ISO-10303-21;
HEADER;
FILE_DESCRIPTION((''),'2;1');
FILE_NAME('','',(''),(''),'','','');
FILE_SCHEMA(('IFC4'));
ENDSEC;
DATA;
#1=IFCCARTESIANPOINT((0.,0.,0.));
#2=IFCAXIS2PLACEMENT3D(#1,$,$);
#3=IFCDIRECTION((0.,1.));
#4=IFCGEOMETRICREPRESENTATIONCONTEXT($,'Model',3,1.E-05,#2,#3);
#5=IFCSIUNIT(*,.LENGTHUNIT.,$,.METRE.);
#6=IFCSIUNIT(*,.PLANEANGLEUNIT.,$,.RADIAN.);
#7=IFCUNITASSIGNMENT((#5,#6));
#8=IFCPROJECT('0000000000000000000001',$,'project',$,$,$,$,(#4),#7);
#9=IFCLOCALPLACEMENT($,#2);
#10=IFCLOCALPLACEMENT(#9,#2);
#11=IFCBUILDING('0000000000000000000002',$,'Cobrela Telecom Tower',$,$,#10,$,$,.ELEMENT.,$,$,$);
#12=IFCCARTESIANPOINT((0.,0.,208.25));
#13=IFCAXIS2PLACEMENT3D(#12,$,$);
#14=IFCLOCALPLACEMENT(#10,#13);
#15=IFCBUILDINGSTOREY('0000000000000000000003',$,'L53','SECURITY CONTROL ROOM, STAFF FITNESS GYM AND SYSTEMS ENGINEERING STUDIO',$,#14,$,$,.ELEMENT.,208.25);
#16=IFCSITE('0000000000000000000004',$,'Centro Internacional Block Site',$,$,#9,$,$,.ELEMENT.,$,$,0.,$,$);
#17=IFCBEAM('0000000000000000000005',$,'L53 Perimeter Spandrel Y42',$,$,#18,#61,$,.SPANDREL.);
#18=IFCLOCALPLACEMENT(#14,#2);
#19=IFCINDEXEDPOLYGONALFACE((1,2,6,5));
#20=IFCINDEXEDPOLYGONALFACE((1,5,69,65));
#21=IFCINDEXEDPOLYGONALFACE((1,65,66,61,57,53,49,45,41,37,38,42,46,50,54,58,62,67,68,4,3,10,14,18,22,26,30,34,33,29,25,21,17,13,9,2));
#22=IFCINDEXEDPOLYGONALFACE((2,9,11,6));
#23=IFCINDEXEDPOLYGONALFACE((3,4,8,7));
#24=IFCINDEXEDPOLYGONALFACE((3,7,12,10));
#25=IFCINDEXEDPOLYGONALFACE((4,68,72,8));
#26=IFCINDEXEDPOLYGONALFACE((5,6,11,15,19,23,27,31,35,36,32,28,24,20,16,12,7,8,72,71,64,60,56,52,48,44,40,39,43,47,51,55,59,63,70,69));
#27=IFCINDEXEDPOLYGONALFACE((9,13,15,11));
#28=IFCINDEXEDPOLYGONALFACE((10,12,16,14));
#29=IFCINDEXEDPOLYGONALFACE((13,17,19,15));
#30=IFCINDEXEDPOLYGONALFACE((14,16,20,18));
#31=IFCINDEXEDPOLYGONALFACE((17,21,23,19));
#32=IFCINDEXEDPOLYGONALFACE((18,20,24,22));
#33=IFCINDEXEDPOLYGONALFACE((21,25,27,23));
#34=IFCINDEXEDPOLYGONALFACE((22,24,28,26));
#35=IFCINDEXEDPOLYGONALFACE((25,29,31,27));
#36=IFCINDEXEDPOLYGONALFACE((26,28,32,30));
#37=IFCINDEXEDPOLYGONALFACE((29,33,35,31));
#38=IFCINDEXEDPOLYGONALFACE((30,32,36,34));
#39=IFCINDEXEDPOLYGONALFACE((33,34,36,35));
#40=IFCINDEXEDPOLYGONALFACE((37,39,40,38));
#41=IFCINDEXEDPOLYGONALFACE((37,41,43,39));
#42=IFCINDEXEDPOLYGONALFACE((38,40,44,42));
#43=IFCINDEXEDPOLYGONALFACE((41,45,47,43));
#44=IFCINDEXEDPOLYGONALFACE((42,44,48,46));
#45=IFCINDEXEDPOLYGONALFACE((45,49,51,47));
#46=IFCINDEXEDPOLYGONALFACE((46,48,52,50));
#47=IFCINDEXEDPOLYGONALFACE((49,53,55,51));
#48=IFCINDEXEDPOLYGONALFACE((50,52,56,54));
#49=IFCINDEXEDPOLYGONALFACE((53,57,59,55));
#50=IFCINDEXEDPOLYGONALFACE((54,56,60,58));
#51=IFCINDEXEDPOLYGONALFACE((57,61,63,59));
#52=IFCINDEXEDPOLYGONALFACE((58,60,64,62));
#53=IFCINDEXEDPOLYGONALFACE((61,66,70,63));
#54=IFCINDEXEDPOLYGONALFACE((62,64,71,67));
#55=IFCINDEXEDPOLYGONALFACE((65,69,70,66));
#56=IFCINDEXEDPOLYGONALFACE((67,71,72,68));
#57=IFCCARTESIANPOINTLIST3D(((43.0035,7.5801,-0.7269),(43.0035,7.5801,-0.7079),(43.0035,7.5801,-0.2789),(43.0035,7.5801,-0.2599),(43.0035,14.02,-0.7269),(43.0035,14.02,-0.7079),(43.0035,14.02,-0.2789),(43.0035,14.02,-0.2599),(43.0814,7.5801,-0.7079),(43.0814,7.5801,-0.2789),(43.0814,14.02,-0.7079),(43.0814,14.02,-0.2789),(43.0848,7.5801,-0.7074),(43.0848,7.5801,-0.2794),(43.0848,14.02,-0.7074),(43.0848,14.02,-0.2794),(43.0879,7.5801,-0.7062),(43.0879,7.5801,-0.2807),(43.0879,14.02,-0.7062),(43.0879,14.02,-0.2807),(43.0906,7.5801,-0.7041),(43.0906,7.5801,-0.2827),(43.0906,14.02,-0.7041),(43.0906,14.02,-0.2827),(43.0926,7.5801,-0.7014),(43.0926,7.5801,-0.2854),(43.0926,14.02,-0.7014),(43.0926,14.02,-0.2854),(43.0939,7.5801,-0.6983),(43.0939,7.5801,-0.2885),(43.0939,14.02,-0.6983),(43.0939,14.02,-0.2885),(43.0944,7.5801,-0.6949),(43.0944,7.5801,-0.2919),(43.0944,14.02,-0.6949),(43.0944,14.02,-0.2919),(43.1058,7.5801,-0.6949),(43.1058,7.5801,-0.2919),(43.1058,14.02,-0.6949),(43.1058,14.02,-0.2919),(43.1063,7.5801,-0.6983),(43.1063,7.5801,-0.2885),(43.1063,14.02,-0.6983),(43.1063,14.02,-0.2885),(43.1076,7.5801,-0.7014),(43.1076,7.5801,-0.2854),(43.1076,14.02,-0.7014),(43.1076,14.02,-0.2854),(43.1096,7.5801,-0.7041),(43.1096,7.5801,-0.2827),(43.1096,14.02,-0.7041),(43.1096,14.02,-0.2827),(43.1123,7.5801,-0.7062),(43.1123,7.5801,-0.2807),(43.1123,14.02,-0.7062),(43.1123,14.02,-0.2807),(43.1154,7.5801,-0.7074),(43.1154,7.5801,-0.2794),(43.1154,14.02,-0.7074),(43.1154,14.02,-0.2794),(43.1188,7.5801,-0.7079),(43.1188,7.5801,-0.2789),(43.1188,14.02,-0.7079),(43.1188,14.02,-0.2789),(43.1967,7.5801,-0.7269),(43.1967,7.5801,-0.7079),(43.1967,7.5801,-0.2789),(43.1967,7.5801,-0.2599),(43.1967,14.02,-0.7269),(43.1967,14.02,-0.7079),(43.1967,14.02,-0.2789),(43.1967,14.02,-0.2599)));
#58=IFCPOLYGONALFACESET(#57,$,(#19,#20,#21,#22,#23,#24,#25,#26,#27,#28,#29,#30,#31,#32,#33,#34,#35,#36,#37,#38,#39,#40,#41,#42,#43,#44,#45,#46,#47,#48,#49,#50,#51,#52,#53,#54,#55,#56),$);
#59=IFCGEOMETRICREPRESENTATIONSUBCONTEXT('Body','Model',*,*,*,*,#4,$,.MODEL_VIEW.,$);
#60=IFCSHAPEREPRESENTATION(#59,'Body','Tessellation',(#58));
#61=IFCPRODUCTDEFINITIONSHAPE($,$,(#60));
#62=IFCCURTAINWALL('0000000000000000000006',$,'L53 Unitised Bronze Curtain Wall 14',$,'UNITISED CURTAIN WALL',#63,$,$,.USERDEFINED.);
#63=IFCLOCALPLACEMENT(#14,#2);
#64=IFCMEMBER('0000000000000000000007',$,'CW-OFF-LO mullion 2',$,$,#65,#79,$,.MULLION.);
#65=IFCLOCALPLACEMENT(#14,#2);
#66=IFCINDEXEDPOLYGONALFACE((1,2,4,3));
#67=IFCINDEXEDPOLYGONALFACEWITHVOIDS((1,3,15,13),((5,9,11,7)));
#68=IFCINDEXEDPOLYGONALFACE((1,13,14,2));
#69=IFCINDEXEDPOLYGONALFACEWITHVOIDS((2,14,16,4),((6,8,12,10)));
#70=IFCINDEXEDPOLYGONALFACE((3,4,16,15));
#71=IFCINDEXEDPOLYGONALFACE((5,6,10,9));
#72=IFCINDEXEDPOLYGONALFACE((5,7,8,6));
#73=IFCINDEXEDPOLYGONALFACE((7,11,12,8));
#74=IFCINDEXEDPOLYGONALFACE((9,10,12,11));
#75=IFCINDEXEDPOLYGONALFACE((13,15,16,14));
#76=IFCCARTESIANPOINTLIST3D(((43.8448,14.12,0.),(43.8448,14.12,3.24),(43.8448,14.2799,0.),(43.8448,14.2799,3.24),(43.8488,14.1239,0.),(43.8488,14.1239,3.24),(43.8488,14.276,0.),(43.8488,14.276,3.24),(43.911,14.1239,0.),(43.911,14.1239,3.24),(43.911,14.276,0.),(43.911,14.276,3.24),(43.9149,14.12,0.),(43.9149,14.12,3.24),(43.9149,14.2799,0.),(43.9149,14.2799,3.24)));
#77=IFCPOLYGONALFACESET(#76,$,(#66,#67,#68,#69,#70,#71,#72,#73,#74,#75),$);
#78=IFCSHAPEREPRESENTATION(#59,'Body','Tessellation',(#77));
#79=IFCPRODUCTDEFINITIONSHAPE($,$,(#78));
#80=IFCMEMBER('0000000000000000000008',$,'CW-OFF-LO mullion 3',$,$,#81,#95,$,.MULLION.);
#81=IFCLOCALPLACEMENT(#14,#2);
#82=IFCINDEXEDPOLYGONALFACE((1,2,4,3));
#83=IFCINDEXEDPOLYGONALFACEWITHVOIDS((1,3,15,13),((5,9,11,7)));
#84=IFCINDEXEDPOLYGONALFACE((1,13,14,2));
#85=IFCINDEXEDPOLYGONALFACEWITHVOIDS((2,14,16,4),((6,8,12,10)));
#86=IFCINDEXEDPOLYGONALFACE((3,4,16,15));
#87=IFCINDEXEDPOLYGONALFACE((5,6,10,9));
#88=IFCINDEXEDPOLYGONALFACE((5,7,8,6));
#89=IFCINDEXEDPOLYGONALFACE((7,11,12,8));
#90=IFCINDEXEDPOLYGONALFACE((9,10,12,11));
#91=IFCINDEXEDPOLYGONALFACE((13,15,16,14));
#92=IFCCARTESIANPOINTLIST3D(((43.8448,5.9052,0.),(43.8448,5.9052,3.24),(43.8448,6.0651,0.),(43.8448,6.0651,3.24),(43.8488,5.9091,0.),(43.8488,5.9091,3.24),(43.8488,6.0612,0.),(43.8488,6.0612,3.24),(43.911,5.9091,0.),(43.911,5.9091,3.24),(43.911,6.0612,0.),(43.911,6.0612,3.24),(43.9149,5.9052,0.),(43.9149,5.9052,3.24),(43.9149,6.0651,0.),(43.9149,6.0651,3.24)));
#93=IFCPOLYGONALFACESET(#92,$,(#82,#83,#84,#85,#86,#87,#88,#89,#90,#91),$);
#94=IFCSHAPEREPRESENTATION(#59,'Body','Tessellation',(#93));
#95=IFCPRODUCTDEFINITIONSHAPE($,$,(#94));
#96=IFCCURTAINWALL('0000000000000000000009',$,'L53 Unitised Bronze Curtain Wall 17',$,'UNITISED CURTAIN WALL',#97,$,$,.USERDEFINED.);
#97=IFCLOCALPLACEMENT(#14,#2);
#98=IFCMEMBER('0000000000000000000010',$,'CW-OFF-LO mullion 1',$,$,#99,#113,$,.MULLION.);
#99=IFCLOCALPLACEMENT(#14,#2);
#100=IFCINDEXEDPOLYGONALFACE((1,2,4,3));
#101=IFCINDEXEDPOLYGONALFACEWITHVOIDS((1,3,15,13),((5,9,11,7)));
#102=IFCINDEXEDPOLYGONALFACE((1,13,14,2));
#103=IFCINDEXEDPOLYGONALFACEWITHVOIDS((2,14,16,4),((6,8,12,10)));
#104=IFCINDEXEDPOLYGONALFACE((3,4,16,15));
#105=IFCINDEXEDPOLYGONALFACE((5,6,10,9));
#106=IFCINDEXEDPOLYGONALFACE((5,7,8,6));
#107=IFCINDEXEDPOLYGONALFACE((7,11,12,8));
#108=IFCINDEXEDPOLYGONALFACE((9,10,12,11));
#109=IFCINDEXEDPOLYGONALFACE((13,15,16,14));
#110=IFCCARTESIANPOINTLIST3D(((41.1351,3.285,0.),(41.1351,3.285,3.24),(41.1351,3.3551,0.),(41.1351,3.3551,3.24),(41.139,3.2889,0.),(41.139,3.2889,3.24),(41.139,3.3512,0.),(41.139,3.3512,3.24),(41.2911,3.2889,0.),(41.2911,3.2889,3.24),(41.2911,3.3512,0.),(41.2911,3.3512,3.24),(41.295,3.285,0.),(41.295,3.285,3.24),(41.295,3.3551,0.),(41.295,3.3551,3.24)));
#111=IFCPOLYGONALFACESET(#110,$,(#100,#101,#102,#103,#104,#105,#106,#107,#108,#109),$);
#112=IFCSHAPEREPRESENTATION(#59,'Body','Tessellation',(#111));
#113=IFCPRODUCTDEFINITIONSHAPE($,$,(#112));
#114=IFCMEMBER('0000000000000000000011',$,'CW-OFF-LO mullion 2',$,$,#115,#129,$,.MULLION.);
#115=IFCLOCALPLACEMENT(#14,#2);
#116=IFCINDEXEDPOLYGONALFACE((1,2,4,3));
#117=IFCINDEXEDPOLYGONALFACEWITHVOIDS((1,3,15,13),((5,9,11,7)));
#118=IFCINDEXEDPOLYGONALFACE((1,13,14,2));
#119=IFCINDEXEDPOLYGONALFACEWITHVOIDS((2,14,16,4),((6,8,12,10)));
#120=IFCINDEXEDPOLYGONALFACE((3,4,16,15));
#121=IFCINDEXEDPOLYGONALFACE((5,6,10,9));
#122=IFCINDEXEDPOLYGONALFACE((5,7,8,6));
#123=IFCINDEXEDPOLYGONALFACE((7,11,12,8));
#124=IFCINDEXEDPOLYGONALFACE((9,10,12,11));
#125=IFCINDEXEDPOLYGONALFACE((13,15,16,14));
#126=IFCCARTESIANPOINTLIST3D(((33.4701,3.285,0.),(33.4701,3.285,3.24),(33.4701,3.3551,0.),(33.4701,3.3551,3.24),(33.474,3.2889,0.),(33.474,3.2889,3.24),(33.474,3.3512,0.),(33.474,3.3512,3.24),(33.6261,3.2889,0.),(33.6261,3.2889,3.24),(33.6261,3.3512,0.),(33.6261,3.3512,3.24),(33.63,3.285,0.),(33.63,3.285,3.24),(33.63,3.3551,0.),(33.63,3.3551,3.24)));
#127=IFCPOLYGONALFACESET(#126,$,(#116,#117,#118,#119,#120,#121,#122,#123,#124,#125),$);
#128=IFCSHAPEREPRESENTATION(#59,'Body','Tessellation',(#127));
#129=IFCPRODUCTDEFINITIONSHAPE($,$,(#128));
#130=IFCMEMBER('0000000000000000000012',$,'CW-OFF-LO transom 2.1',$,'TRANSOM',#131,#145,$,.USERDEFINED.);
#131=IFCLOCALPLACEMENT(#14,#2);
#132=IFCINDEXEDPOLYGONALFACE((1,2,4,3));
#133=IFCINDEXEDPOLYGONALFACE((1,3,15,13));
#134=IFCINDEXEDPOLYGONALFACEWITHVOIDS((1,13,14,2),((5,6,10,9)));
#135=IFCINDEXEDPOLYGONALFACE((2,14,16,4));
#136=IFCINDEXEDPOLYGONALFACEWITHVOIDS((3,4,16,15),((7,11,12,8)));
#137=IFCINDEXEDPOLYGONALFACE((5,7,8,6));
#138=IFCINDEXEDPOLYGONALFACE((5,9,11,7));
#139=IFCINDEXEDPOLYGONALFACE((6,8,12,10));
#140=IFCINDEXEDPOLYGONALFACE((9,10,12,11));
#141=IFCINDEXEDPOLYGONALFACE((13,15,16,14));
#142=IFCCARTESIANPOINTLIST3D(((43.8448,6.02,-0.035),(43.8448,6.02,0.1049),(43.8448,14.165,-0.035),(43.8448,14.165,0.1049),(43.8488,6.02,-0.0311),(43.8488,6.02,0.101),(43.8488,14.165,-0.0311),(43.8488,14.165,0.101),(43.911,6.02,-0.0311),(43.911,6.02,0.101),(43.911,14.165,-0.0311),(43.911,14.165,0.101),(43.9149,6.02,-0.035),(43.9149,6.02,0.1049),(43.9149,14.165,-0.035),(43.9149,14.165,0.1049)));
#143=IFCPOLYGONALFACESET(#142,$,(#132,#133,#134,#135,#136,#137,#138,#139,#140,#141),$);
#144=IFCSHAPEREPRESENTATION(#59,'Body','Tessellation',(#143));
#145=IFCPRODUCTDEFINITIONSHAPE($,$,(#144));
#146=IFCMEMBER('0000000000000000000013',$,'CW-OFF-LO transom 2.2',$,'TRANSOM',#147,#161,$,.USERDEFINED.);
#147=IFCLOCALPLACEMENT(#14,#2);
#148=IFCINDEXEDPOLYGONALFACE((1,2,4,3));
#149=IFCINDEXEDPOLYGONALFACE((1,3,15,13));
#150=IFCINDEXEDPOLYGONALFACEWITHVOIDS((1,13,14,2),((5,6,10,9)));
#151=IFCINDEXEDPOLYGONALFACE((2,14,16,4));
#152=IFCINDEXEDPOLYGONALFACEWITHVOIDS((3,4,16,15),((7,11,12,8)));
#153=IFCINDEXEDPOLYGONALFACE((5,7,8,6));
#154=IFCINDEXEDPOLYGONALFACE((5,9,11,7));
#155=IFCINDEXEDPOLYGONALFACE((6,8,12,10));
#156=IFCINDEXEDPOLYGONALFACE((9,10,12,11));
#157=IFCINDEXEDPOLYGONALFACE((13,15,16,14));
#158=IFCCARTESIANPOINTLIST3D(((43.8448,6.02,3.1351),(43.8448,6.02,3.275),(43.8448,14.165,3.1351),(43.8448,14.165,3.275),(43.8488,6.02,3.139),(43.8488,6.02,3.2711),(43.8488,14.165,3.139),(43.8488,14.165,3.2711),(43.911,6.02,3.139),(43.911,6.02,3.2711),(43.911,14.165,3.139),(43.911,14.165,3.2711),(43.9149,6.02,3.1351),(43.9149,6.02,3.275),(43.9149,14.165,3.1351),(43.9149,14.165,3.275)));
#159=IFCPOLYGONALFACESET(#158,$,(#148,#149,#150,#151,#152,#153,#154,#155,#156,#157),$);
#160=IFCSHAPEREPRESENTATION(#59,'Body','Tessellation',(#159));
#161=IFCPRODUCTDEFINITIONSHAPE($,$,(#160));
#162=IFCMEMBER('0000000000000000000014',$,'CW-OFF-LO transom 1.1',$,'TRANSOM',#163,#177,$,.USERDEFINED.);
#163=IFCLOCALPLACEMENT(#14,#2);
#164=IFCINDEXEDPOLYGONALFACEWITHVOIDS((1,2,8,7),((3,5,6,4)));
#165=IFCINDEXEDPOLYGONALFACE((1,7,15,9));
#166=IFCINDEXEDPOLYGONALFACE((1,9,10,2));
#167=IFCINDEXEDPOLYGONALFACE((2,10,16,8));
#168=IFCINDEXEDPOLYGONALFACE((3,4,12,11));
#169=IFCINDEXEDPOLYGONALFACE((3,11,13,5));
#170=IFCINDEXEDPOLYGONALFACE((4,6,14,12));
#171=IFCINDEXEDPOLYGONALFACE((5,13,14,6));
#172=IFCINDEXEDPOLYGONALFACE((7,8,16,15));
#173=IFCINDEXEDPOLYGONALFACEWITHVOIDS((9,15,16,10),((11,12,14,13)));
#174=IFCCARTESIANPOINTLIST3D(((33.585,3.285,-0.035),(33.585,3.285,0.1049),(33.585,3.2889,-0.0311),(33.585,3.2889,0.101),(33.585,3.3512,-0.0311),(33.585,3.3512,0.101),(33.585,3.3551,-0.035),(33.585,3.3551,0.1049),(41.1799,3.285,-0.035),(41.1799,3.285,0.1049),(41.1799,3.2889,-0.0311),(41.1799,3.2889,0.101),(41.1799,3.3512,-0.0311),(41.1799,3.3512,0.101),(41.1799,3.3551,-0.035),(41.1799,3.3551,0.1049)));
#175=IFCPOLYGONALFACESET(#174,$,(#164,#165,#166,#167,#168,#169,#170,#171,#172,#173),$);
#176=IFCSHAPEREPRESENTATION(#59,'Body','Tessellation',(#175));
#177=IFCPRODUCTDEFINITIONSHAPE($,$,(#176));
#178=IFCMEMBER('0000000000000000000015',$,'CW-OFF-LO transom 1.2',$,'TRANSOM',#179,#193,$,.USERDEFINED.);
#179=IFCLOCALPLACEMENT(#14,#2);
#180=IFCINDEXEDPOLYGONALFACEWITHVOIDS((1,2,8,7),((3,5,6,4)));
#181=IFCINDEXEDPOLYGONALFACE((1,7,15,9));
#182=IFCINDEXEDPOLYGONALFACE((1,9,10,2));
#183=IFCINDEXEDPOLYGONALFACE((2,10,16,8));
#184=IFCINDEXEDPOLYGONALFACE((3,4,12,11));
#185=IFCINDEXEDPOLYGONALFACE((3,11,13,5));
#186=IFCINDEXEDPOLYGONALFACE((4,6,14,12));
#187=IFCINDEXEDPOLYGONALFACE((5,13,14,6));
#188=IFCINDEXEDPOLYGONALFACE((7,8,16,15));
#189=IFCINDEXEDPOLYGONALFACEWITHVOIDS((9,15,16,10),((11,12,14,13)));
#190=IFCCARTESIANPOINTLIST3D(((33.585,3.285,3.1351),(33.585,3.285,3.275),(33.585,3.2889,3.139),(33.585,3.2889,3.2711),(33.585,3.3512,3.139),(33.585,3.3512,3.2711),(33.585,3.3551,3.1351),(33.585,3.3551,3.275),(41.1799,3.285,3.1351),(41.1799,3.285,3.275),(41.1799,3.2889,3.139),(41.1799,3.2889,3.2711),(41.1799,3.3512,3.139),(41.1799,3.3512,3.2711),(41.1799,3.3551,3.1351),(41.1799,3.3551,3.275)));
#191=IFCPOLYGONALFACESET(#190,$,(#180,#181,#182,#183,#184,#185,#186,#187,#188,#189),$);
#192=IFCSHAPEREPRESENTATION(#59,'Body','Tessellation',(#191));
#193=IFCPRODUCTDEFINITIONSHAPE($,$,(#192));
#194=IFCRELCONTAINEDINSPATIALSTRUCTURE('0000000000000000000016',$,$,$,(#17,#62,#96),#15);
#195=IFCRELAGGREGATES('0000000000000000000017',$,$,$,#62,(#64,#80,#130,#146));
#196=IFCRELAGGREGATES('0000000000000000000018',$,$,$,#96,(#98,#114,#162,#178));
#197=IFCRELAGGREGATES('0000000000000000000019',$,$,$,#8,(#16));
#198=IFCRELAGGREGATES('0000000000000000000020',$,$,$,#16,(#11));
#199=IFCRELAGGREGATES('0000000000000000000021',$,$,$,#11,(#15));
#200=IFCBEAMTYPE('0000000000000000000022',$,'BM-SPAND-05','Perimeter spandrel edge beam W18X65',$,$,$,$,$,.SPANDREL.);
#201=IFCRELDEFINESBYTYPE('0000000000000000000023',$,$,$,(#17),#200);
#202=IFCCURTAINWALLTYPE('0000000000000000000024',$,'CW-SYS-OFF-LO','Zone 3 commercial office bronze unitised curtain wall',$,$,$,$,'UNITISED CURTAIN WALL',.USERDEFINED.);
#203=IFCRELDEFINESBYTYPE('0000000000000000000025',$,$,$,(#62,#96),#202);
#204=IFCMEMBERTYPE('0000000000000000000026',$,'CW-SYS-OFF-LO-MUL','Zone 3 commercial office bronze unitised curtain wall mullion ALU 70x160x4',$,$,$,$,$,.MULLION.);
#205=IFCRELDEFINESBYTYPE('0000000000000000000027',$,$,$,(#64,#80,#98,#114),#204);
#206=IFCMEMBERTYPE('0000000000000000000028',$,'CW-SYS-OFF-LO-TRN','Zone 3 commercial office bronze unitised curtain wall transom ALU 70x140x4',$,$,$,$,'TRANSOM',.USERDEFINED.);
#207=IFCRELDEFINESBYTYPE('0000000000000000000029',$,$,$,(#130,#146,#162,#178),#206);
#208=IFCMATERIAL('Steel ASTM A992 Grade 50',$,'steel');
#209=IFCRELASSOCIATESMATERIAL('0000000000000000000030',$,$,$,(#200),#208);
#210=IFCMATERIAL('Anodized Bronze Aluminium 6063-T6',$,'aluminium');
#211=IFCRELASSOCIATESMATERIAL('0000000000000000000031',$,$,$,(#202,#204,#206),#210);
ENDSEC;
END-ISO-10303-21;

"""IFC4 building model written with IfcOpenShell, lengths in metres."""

from ifc_helpers import new_model, si_unit, direction, frame, origin, origin_2d, place, context, subcontext, project, spatial, hollow_rectangle, i_section, extrude, material, material_profile, profile_set, type_object, element, aggregate, save


model = new_model("IFC4")

# Units and contexts
model_context = context("Model", 3, precision=1e-05, world=origin(), true_north=direction((0.0, 1.0)))
body_context = subcontext(model_context, "Body", "Model", "MODEL_VIEW")
ifc_project = project(units=[si_unit("LENGTHUNIT", "METRE"), si_unit("PLANEANGLEUNIT", "RADIAN")], contexts=[model_context])

# Site, building, storey
site_placement = place(None, origin())
site = spatial("IfcSite", under=ifc_project, at=site_placement, Name="Centro Internacional Block Site", CompositionType="ELEMENT", RefElevation=0.0)
building_placement = place(site_placement, origin())
building = spatial("IfcBuilding", under=site, at=building_placement, Name="Cobrela Telecom Tower", CompositionType="ELEMENT")
storey_placement = place(building_placement, frame((0.0, 0.0, 208.25)))
storey = spatial("IfcBuildingStorey", under=building, at=storey_placement, Name="L53", Description="SECURITY CONTROL ROOM, STAFF FITNESS GYM AND SYSTEMS ENGINEERING STUDIO", CompositionType="ELEMENT", Elevation=208.25)

# Shared definitions
ifc_material_1 = material(Name="Steel ASTM A992 Grade 50", Category="steel")

# Beam
ifc_material_profile_1 = material_profile(ifc_material_1, i_section(OverallWidth=0.1931, OverallDepth=0.467, WebThickness=0.0115, FlangeThickness=0.019, FilletRadius=0.0129, at=origin_2d()), Name="W18X65")
ifc_profile_set_1 = profile_set([ifc_material_profile_1], Name="Steel ASTM A992 Grade 50")
beam_type_1 = type_object("IfcBeamType", Name="BM-SPAND-05", Description="Perimeter spandrel edge beam W18X65", PredefinedType="SPANDREL", material=ifc_profile_set_1)
beam_1_placement = place(storey_placement, frame((43.1001, 7.5801, -0.4934), z_axis=(0.0, 1.0, 0.0), x_axis=(-1.0, 0.0, 0.0)))
element("IfcBeam", 1, at=beam_1_placement, inside=storey, type_object=beam_type_1, Name="L53 Perimeter Spandrel Y42", PredefinedType="SPANDREL", context=body_context, shape_type="SweptSolid", body=[
    extrude(i_section(OverallWidth=0.1931, OverallDepth=0.467, WebThickness=0.0115, FlangeThickness=0.019, FilletRadius=0.0129, at=origin_2d()), origin(), (0.0, 0.0, 1.0), 6.4399),
])

# Curtain walls, members
ifc_material_2 = material(Name="Anodized Bronze Aluminium 6063-T6", Category="aluminium")
curtain_wall_type = type_object("IfcCurtainWallType", Name="CW-SYS-OFF-LO", Description="Zone 3 commercial office bronze unitised curtain wall", ElementType="UNITISED CURTAIN WALL", PredefinedType="USERDEFINED", material=ifc_material_2)
curtain_wall_1_placement = place(storey_placement, origin())
curtain_wall_1 = element("IfcCurtainWall", 2, at=curtain_wall_1_placement, inside=storey, type_object=curtain_wall_type, Name="L53 Unitised Bronze Curtain Wall 14", ObjectType="UNITISED CURTAIN WALL", PredefinedType="USERDEFINED")
ifc_material_profile_2 = material_profile(ifc_material_2, hollow_rectangle(XDim=0.0701, YDim=0.1599, WallThickness=0.0039, at=origin_2d()), Name="ALU 70x160x4")
ifc_profile_set_2 = profile_set([ifc_material_profile_2], Name="Anodized Bronze Aluminium 6063-T6")
member_type_1 = type_object("IfcMemberType", Name="CW-SYS-OFF-LO-MUL", Description="Zone 3 commercial office bronze unitised curtain wall mullion ALU 70x160x4", PredefinedType="MULLION", material=ifc_profile_set_2)
member_1_placement = place(storey_placement, frame((43.8799, 14.2, 0.0), z_axis=(0.0, 0.0, 1.0), x_axis=(1.0, 0.0, 0.0)))
member_1 = element("IfcMember", 3, at=member_1_placement, type_object=member_type_1, Name="CW-OFF-LO mullion 2", PredefinedType="MULLION", context=body_context, shape_type="SweptSolid", body=[
    extrude(hollow_rectangle(XDim=0.0701, YDim=0.1599, WallThickness=0.0039, at=origin_2d()), origin(), (0.0, 0.0, 1.0), 3.24),
])
member_2_placement = place(storey_placement, frame((43.8799, 5.9851, 0.0), z_axis=(0.0, 0.0, 1.0), x_axis=(1.0, 0.0, 0.0)))
member_2 = element("IfcMember", 4, at=member_2_placement, type_object=member_type_1, Name="CW-OFF-LO mullion 3", PredefinedType="MULLION", context=body_context, shape_type="SweptSolid", body=[
    extrude(hollow_rectangle(XDim=0.0701, YDim=0.1599, WallThickness=0.0039, at=origin_2d()), origin(), (0.0, 0.0, 1.0), 3.24),
])
curtain_wall_2_placement = place(storey_placement, origin())
curtain_wall_2 = element("IfcCurtainWall", 5, at=curtain_wall_2_placement, inside=storey, type_object=curtain_wall_type, Name="L53 Unitised Bronze Curtain Wall 17", ObjectType="UNITISED CURTAIN WALL", PredefinedType="USERDEFINED")
member_3_placement = place(storey_placement, frame((41.2151, 3.3201, 0.0), z_axis=(0.0, 0.0, 1.0), x_axis=(0.0, -1.0, 0.0)))
member_3 = element("IfcMember", 6, at=member_3_placement, type_object=member_type_1, Name="CW-OFF-LO mullion 1", PredefinedType="MULLION", context=body_context, shape_type="SweptSolid", body=[
    extrude(hollow_rectangle(XDim=0.0701, YDim=0.1599, WallThickness=0.0039, at=origin_2d()), origin(), (0.0, 0.0, 1.0), 3.24),
])
member_4_placement = place(storey_placement, frame((33.55, 3.3201, 0.0), z_axis=(0.0, 0.0, 1.0), x_axis=(0.0, -1.0, 0.0)))
member_4 = element("IfcMember", 7, at=member_4_placement, type_object=member_type_1, Name="CW-OFF-LO mullion 2", PredefinedType="MULLION", context=body_context, shape_type="SweptSolid", body=[
    extrude(hollow_rectangle(XDim=0.0701, YDim=0.1599, WallThickness=0.0039, at=origin_2d()), origin(), (0.0, 0.0, 1.0), 3.24),
])

# Members
ifc_material_profile_3 = material_profile(ifc_material_2, hollow_rectangle(XDim=0.0701, YDim=0.1399, WallThickness=0.0039, at=origin_2d()), Name="ALU 70x140x4")
ifc_profile_set_3 = profile_set([ifc_material_profile_3], Name="Anodized Bronze Aluminium 6063-T6")
member_type_2 = type_object("IfcMemberType", Name="CW-SYS-OFF-LO-TRN", Description="Zone 3 commercial office bronze unitised curtain wall transom ALU 70x140x4", ElementType="TRANSOM", PredefinedType="USERDEFINED", material=ifc_profile_set_3)
member_5_placement = place(storey_placement, frame((43.8799, 14.165, 0.0349), z_axis=(0.0, -1.0, 0.0), x_axis=(1.0, 0.0, 0.0)))
member_5 = element("IfcMember", 8, at=member_5_placement, type_object=member_type_2, Name="CW-OFF-LO transom 2.1", ObjectType="TRANSOM", PredefinedType="USERDEFINED", context=body_context, shape_type="SweptSolid", body=[
    extrude(hollow_rectangle(XDim=0.0701, YDim=0.1399, WallThickness=0.0039, at=origin_2d()), origin(), (0.0, 0.0, 1.0), 8.145),
])
member_6_placement = place(storey_placement, frame((43.8799, 14.165, 3.2051), z_axis=(0.0, -1.0, 0.0), x_axis=(1.0, 0.0, 0.0)))
member_6 = element("IfcMember", 9, at=member_6_placement, type_object=member_type_2, Name="CW-OFF-LO transom 2.2", ObjectType="TRANSOM", PredefinedType="USERDEFINED", context=body_context, shape_type="SweptSolid", body=[
    extrude(hollow_rectangle(XDim=0.0701, YDim=0.1399, WallThickness=0.0039, at=origin_2d()), origin(), (0.0, 0.0, 1.0), 8.145),
])
member_7_placement = place(storey_placement, frame((41.1799, 3.3201, 0.0349), z_axis=(-1.0, 0.0, 0.0), x_axis=(0.0, -1.0, 0.0)))
member_7 = element("IfcMember", 10, at=member_7_placement, type_object=member_type_2, Name="CW-OFF-LO transom 1.1", ObjectType="TRANSOM", PredefinedType="USERDEFINED", context=body_context, shape_type="SweptSolid", body=[
    extrude(hollow_rectangle(XDim=0.0701, YDim=0.1399, WallThickness=0.0039, at=origin_2d()), origin(), (0.0, 0.0, 1.0), 7.595),
])
member_8_placement = place(storey_placement, frame((41.1799, 3.3201, 3.2051), z_axis=(-1.0, 0.0, 0.0), x_axis=(0.0, -1.0, 0.0)))
member_8 = element("IfcMember", 11, at=member_8_placement, type_object=member_type_2, Name="CW-OFF-LO transom 1.2", ObjectType="TRANSOM", PredefinedType="USERDEFINED", context=body_context, shape_type="SweptSolid", body=[
    extrude(hollow_rectangle(XDim=0.0701, YDim=0.1399, WallThickness=0.0039, at=origin_2d()), origin(), (0.0, 0.0, 1.0), 7.595),
])

aggregate(curtain_wall_1, [member_1, member_2, member_5, member_6])
aggregate(curtain_wall_2, [member_3, member_4, member_7, member_8])

save(model, "model.ifc")
